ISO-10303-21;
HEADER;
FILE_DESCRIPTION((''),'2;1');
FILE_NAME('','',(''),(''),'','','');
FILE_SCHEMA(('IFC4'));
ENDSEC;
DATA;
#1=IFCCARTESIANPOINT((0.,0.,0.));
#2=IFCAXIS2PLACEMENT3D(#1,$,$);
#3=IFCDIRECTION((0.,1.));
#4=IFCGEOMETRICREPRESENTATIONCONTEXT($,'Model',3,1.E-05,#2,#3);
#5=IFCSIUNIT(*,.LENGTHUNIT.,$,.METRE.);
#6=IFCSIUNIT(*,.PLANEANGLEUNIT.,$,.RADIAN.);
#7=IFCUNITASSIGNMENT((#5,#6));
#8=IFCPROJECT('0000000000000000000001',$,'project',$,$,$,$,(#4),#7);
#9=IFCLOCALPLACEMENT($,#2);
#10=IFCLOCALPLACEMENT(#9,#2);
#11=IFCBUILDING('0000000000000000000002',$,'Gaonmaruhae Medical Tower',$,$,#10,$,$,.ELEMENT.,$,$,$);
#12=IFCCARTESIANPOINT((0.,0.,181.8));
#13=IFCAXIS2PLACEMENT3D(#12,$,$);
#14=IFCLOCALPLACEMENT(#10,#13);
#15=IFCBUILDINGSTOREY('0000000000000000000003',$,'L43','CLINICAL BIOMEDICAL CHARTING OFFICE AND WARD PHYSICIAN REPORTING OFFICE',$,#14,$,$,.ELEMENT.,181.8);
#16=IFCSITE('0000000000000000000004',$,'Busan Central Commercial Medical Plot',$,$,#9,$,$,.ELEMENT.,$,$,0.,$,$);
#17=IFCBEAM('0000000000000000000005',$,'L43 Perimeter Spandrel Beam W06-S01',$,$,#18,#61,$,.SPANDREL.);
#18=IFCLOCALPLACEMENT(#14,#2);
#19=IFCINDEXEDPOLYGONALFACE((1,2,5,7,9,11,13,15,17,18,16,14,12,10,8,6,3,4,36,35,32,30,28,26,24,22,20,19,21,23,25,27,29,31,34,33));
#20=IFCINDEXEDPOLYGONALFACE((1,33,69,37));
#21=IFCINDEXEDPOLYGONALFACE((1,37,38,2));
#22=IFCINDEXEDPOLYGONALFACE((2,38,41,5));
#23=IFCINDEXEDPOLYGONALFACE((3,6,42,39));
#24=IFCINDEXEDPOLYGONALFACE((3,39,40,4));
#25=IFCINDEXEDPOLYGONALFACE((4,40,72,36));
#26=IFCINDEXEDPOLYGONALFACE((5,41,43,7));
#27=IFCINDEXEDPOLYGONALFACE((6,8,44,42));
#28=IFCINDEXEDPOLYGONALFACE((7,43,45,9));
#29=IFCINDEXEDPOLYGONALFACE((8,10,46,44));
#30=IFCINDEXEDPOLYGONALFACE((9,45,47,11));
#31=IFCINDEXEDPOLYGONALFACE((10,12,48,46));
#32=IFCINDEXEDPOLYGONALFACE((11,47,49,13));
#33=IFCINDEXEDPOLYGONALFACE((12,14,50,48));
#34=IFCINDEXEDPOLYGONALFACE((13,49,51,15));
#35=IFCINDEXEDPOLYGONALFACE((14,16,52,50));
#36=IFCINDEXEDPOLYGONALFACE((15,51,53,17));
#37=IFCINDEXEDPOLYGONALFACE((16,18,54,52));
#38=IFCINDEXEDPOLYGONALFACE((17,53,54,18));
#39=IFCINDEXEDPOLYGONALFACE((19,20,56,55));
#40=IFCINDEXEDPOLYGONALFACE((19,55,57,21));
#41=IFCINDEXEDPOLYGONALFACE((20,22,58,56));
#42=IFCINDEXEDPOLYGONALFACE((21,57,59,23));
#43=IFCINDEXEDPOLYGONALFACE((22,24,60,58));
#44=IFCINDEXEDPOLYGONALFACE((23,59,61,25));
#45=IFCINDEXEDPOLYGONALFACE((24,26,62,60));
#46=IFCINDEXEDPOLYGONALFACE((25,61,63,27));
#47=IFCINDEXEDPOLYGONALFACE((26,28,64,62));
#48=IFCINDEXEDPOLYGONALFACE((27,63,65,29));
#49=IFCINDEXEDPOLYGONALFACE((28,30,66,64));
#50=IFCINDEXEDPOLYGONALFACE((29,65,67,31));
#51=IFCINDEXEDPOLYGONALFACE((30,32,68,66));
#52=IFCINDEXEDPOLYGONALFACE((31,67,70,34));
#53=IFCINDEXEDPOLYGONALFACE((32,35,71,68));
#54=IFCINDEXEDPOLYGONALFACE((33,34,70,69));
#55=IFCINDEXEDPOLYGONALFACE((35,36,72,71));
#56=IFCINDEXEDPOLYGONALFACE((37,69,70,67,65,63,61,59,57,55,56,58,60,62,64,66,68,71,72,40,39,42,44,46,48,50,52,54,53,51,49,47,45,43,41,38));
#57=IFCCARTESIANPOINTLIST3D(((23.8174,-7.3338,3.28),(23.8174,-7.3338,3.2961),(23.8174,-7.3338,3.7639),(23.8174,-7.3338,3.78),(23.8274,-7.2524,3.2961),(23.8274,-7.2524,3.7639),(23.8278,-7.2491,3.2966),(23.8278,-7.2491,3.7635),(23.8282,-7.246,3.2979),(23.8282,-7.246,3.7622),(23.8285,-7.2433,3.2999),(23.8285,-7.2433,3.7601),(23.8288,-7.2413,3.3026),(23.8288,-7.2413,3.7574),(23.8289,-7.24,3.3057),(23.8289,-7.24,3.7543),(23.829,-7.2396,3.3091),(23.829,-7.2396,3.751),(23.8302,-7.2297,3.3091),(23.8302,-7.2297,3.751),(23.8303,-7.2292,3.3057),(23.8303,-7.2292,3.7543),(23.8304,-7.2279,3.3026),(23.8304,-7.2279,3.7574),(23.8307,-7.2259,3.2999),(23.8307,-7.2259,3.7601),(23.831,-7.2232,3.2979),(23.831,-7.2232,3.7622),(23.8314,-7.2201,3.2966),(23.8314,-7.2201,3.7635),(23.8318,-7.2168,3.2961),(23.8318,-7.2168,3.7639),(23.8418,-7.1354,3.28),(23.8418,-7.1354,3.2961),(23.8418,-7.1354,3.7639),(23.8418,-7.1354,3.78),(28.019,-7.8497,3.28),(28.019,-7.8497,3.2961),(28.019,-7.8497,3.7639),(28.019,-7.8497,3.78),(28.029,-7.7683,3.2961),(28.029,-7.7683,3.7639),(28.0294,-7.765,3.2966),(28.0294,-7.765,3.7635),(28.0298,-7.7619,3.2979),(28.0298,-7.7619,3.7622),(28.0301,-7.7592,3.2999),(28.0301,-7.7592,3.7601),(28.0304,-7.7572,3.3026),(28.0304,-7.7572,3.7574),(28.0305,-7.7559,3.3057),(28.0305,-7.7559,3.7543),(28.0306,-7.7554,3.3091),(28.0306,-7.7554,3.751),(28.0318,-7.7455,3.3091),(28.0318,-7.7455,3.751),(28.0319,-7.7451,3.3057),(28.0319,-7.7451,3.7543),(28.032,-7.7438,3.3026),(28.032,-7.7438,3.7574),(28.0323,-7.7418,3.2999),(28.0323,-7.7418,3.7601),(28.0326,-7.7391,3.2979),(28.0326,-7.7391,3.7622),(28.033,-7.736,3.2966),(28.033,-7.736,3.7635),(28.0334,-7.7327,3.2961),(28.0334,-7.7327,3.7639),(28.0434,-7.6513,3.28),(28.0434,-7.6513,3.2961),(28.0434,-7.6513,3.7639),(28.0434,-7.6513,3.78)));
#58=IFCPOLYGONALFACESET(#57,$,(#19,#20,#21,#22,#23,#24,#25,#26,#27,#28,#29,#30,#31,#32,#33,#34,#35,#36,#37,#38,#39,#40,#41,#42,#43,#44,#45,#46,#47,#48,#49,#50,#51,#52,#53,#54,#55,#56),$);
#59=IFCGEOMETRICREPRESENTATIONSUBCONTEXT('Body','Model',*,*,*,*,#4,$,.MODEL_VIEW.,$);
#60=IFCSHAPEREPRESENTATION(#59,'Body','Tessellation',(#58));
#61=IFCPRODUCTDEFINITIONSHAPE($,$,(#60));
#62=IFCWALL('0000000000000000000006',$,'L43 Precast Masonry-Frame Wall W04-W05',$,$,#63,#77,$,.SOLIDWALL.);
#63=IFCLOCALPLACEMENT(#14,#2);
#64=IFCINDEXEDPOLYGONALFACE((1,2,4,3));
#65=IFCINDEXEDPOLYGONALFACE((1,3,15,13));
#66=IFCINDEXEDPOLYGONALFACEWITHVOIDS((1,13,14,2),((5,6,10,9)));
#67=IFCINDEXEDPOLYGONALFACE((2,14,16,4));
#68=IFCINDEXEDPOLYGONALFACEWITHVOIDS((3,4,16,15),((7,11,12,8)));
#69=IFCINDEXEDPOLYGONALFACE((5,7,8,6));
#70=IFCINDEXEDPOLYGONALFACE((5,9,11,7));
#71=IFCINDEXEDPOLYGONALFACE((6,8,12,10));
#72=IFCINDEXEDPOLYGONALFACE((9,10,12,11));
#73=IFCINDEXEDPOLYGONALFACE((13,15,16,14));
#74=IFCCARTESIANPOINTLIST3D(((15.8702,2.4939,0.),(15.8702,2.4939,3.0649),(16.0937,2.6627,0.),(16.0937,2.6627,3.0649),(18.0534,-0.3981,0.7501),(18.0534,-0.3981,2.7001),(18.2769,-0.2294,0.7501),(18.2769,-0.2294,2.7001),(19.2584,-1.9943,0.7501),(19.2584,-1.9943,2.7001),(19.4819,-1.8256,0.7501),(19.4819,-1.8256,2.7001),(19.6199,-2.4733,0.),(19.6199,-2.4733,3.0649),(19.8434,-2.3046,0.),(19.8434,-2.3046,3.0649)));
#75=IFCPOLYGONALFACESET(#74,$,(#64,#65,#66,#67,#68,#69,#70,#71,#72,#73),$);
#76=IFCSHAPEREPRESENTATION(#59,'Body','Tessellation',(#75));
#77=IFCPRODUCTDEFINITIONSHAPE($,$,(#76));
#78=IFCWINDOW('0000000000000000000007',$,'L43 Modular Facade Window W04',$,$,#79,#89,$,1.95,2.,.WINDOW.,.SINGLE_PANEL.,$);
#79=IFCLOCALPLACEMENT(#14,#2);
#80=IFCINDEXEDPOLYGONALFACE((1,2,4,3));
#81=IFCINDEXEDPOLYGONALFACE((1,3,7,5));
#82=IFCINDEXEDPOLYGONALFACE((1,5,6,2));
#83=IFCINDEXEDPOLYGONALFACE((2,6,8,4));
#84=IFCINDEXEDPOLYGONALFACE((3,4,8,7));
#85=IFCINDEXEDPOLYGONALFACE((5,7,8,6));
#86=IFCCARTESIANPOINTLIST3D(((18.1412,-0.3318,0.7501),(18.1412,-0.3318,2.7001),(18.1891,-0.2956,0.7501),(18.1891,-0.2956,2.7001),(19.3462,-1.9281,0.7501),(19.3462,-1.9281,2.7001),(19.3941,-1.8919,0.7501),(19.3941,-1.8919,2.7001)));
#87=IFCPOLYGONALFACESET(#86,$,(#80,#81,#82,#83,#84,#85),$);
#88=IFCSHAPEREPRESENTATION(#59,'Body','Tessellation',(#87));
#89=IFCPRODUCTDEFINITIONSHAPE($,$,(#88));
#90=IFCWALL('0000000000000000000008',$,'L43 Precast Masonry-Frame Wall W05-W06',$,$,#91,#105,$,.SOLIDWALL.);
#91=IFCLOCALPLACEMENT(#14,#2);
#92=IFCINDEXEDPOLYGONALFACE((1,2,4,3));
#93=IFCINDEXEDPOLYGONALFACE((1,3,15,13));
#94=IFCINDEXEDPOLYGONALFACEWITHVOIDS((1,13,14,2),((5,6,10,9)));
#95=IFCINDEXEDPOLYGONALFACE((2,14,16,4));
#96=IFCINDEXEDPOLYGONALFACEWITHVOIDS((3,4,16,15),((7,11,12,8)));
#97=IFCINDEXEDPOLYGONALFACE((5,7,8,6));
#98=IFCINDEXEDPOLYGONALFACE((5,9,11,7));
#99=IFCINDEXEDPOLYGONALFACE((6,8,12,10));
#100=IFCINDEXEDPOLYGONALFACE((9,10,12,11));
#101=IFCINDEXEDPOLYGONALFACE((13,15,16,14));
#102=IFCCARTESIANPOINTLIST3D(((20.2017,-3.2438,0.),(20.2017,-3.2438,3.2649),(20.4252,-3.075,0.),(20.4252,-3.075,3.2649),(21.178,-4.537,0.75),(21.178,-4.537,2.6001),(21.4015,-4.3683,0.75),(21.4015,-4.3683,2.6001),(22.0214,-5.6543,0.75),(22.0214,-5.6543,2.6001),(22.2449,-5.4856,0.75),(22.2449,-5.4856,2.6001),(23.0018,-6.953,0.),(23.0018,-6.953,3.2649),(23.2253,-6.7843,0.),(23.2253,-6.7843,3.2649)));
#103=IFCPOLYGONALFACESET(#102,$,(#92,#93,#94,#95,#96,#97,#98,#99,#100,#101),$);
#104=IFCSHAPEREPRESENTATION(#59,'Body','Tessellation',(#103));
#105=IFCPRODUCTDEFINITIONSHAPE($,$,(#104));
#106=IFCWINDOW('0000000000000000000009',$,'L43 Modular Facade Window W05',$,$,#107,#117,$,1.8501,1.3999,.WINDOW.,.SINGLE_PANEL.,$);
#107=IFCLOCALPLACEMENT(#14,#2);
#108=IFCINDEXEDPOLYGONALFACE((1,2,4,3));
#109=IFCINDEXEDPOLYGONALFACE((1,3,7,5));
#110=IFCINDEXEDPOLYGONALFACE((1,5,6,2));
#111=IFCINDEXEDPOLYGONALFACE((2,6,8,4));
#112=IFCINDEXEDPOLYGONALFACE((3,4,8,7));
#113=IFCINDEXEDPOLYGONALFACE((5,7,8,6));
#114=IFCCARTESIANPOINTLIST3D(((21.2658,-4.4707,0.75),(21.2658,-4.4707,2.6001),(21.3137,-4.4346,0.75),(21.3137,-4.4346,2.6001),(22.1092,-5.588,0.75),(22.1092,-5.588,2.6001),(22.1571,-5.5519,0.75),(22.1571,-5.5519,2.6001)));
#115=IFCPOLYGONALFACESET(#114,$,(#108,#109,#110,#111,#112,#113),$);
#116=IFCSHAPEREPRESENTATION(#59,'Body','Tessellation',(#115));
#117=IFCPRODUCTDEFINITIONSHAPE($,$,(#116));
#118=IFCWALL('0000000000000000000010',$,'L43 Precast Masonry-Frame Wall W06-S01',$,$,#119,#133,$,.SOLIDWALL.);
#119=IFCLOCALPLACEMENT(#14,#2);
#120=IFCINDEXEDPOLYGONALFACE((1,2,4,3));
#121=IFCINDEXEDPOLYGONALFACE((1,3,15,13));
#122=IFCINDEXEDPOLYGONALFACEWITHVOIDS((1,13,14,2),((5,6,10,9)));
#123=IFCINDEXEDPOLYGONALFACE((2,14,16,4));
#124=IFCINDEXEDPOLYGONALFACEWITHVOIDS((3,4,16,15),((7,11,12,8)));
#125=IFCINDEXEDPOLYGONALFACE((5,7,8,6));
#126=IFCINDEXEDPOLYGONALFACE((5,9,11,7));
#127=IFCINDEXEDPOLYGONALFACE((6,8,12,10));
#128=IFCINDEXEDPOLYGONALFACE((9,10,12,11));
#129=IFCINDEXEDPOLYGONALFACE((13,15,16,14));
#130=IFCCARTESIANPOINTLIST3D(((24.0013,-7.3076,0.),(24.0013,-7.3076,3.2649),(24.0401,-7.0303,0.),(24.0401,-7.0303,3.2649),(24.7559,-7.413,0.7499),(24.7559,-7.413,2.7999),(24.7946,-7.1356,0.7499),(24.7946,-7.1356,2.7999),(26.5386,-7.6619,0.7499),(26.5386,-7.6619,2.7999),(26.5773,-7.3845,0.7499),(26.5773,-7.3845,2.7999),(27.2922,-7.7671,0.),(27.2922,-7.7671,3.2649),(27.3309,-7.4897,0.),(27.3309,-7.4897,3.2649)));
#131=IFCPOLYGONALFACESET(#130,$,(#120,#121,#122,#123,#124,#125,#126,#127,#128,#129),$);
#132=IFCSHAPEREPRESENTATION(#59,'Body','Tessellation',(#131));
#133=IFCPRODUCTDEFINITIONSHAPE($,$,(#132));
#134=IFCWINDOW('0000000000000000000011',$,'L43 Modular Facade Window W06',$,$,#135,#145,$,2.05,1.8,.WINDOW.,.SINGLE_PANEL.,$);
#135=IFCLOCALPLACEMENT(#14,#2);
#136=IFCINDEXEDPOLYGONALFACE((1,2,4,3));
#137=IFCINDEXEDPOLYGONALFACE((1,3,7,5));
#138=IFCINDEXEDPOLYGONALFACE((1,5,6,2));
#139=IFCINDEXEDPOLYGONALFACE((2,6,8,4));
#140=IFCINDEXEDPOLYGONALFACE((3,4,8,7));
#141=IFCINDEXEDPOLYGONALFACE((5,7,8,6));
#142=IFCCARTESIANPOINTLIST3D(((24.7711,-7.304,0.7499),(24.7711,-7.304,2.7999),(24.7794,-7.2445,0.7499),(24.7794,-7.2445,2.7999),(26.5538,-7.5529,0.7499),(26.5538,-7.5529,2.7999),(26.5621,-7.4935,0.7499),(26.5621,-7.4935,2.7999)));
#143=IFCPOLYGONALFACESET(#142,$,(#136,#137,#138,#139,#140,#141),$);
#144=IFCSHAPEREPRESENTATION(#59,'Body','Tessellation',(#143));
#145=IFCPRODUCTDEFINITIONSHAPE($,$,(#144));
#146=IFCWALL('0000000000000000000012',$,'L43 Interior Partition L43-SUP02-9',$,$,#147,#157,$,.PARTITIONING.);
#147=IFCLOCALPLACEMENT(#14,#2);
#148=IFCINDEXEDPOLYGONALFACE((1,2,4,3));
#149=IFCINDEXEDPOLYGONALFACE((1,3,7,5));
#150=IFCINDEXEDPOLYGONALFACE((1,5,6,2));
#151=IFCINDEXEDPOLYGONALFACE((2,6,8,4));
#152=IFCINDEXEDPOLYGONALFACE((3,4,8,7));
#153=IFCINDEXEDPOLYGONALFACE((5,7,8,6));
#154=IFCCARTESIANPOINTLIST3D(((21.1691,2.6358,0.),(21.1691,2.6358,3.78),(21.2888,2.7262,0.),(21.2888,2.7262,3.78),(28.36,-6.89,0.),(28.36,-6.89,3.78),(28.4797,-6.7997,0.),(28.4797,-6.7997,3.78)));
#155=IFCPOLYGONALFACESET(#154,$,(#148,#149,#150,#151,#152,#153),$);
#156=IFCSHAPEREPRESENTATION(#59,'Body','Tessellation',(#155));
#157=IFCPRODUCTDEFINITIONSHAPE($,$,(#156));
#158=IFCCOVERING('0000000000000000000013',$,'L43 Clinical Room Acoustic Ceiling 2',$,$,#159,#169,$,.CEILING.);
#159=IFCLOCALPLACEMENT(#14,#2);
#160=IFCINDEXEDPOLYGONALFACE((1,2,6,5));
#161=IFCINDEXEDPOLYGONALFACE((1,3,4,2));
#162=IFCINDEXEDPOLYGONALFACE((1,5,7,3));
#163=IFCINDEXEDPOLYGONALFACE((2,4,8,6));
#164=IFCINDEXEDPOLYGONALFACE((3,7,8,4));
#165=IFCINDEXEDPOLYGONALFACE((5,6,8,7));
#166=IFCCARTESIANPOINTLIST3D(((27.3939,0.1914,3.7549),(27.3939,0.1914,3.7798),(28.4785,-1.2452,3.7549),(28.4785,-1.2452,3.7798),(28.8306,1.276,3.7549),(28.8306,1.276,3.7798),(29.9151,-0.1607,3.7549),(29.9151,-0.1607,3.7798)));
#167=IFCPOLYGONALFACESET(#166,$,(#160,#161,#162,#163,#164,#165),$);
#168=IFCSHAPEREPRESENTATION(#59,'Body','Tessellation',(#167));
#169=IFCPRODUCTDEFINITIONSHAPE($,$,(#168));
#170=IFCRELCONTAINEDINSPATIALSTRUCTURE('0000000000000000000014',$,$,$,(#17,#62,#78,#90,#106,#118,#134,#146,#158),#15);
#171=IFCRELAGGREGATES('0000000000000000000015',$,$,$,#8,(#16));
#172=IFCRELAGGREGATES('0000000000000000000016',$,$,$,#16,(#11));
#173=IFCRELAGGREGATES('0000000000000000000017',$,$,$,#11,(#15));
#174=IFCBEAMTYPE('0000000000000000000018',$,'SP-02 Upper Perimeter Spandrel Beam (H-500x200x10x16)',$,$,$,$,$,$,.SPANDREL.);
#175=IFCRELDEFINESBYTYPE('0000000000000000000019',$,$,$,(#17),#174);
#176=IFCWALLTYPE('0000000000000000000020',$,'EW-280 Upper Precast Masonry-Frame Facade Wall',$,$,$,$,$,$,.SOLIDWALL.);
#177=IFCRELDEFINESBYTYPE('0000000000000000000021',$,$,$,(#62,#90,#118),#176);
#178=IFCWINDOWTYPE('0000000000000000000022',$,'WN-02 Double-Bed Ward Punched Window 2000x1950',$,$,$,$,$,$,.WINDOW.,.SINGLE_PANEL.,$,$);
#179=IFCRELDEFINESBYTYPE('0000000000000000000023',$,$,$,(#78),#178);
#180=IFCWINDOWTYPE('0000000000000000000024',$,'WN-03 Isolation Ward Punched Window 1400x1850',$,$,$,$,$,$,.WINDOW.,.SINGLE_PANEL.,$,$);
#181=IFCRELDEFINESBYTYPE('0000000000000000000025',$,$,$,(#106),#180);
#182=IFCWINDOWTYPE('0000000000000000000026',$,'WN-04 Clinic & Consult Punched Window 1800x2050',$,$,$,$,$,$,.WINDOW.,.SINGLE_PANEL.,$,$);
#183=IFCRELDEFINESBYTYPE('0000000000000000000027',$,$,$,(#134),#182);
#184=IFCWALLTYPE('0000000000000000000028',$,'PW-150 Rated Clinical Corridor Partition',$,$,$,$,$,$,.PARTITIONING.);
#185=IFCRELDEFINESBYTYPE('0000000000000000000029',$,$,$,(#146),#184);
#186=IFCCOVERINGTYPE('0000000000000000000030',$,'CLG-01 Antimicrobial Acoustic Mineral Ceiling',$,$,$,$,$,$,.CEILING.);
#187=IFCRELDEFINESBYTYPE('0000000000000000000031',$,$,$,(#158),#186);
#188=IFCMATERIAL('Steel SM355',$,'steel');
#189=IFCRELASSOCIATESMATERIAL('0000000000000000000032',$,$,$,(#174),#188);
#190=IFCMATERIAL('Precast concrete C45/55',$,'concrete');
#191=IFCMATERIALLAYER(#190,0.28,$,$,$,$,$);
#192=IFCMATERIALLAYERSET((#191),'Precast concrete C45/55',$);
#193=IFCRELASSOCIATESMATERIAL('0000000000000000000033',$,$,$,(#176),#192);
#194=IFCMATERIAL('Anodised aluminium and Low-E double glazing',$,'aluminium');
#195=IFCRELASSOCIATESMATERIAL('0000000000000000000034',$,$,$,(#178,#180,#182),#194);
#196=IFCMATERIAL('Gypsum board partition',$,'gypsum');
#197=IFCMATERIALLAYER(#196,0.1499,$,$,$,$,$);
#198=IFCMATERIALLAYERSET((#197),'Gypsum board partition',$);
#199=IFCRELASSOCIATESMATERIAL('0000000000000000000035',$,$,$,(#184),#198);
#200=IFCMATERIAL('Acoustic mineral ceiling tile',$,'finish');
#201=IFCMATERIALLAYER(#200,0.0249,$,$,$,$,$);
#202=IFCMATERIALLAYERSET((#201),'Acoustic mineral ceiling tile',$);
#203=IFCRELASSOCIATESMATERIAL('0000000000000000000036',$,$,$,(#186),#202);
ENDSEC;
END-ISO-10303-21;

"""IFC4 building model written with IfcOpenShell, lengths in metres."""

from ifc_helpers import new_model, si_unit, direction, frame, frame_2d, origin, origin_2d, place, context, subcontext, project, spatial, rectangle, i_section, extrude, material, layer, layer_set, material_profile, profile_set, type_object, element, fill, save


model = new_model("IFC4")

# Units and contexts
model_context = context("Model", 3, precision=1e-05, world=origin(), true_north=direction((0.0, 1.0)))
body_context = subcontext(model_context, "Body", "Model", "MODEL_VIEW")
ifc_project = project(units=[si_unit("LENGTHUNIT", "METRE"), si_unit("PLANEANGLEUNIT", "RADIAN")], contexts=[model_context])

# Site, building, storey
site_placement = place(None, origin())
site = spatial("IfcSite", under=ifc_project, at=site_placement, Name="Busan Central Commercial Medical Plot", CompositionType="ELEMENT", RefElevation=0.0)
building_placement = place(site_placement, origin())
building = spatial("IfcBuilding", under=site, at=building_placement, Name="Gaonmaruhae Medical Tower", CompositionType="ELEMENT")
storey_placement = place(building_placement, frame((0.0, 0.0, 181.8)))
storey = spatial("IfcBuildingStorey", under=building, at=storey_placement, Name="L43", Description="CLINICAL BIOMEDICAL CHARTING OFFICE AND WARD PHYSICIAN REPORTING OFFICE", CompositionType="ELEMENT", Elevation=181.8)

# Beam
ifc_material_1 = material(Name="Steel SM355", Category="steel")
ifc_material_profile_1 = material_profile(ifc_material_1, i_section(OverallWidth=0.2, OverallDepth=0.5, WebThickness=0.01, FlangeThickness=0.0161, FilletRadius=0.0129, at=origin_2d()), Name="H-500x200x10x16")
ifc_profile_set_1 = profile_set([ifc_material_profile_1], Name="Steel SM355")
beam_type_1 = type_object("IfcBeamType", Name="SP-02 Upper Perimeter Spandrel Beam (H-500x200x10x16)", PredefinedType="SPANDREL", material=ifc_profile_set_1)
beam_1_placement = place(storey_placement, frame((23.8296, -7.2346, 3.53), z_axis=(0.992547, -0.121862, 0.0), x_axis=(0.121862, 0.992547, 0.0)))
element("IfcBeam", 1, at=beam_1_placement, inside=storey, type_object=beam_type_1, Name="L43 Perimeter Spandrel Beam W06-S01", PredefinedType="SPANDREL", context=body_context, shape_type="SweptSolid", body=[
    extrude(i_section(OverallWidth=0.2, OverallDepth=0.5, WebThickness=0.01, FlangeThickness=0.0161, FilletRadius=0.0129, at=origin_2d()), origin(), (0.0, 0.0, 1.0), 4.2332),
])

# Walls, openings, windows
ifc_material_2 = material(Name="Precast concrete C45/55", Category="concrete")
ifc_layer_1 = layer(ifc_material_2, 0.28)
ifc_layer_set_1 = layer_set([ifc_layer_1], Name="Precast concrete C45/55")
wall_type_1 = type_object("IfcWallType", Name="EW-280 Upper Precast Masonry-Frame Facade Wall", PredefinedType="SOLIDWALL", material=ifc_layer_set_1)
wall_1_placement = place(storey_placement, frame((19.7317, -2.3889, 0.0), z_axis=(0.0, 0.0, 1.0), x_axis=(-0.602495, 0.798123, 0.0)))
wall_1 = element("IfcWall", 2, at=wall_1_placement, inside=storey, type_object=wall_type_1, Name="L43 Precast Masonry-Frame Wall W04-W05", PredefinedType="SOLIDWALL", context=body_context, shape_type="SweptSolid", body=[
    extrude(rectangle(XDim=6.2236, YDim=0.28, at=frame_2d((3.1118, 0.0))), origin(), (0.0, 0.0, 1.0), 3.0649),
])
opening_1_placement = place(wall_1_placement, frame((0.6001, 0.0, 0.75)))
opening_1 = element("IfcOpeningElement", 3, at=opening_1_placement, cuts=wall_1, PredefinedType="OPENING", context=body_context, shape_type="SweptSolid", body=[
    extrude(rectangle(XDim=2.0, YDim=1.95, at=frame_2d((1.0, 0.9751))), frame((0.0, 0.1499, 0.0), z_axis=(0.0, -1.0, 0.0), x_axis=(1.0, 0.0, 0.0)), (0.0, 0.0, 1.0), 0.3),
])
ifc_material_3 = material(Name="Anodised aluminium and Low-E double glazing", Category="aluminium")
window_type_1 = type_object("IfcWindowType", Name="WN-02 Double-Bed Ward Punched Window 2000x1950", PartitioningType="SINGLE_PANEL", PredefinedType="WINDOW", material=ifc_material_3)
window_1_placement = place(opening_1_placement, origin())
window_1 = element("IfcWindow", 4, at=window_1_placement, inside=storey, type_object=window_type_1, Name="L43 Modular Facade Window W04", OverallHeight=1.95, OverallWidth=2.0, PartitioningType="SINGLE_PANEL", PredefinedType="WINDOW", context=body_context, shape_type="SweptSolid", body=[
    extrude(rectangle(XDim=2.0, YDim=1.95, at=frame_2d((1.0, 0.9751))), frame((0.0, 0.03, 0.0), z_axis=(0.0, -1.0, 0.0), x_axis=(1.0, 0.0, 0.0)), (0.0, 0.0, 1.0), 0.0601),
])
fill(opening_1, window_1)
wall_2_placement = place(storey_placement, frame((23.1135, -6.8687, 0.0), z_axis=(0.0, 0.0, 1.0), x_axis=(-0.602493, 0.798124, 0.0)))
wall_2 = element("IfcWall", 5, at=wall_2_placement, inside=storey, type_object=wall_type_1, Name="L43 Precast Masonry-Frame Wall W05-W06", PredefinedType="SOLIDWALL", context=body_context, shape_type="SweptSolid", body=[
    extrude(rectangle(XDim=4.6475, YDim=0.28, at=frame_2d((2.3237, 0.0))), origin(), (0.0, 0.0, 1.0), 3.2649),
])
opening_2_placement = place(wall_2_placement, frame((1.6272, 0.0, 0.75)))
opening_2 = element("IfcOpeningElement", 6, at=opening_2_placement, cuts=wall_2, PredefinedType="OPENING", context=body_context, shape_type="SweptSolid", body=[
    extrude(rectangle(XDim=1.3999, YDim=1.8501, at=frame_2d((0.7, 0.925))), frame((0.0, 0.1499, 0.0), z_axis=(0.0, -1.0, 0.0), x_axis=(1.0, 0.0, 0.0)), (0.0, 0.0, 1.0), 0.3),
])
window_type_2 = type_object("IfcWindowType", Name="WN-03 Isolation Ward Punched Window 1400x1850", PartitioningType="SINGLE_PANEL", PredefinedType="WINDOW", material=ifc_material_3)
window_2_placement = place(opening_2_placement, origin())
window_2 = element("IfcWindow", 7, at=window_2_placement, inside=storey, type_object=window_type_2, Name="L43 Modular Facade Window W05", OverallHeight=1.8501, OverallWidth=1.3999, PartitioningType="SINGLE_PANEL", PredefinedType="WINDOW", context=body_context, shape_type="SweptSolid", body=[
    extrude(rectangle(XDim=1.3999, YDim=1.8501, at=frame_2d((0.7, 0.925))), frame((0.0, 0.03, 0.0), z_axis=(0.0, -1.0, 0.0), x_axis=(1.0, 0.0, 0.0)), (0.0, 0.0, 1.0), 0.0601),
])
fill(opening_2, window_2)
wall_3_placement = place(storey_placement, frame((27.3115, -7.6284, 0.0), z_axis=(0.0, 0.0, 1.0), x_axis=(-0.990393, 0.138283, 0.0)))
wall_3 = element("IfcWall", 8, at=wall_3_placement, inside=storey, type_object=wall_type_1, Name="L43 Precast Masonry-Frame Wall W06-S01", PredefinedType="SOLIDWALL", context=body_context, shape_type="SweptSolid", body=[
    extrude(rectangle(XDim=3.3228, YDim=0.28, at=frame_2d((1.6614, 0.0))), origin(), (0.0, 0.0, 1.0), 3.2649),
])
opening_3_placement = place(wall_3_placement, frame((0.761, 0.0, 0.75)))
opening_3 = element("IfcOpeningElement", 9, at=opening_3_placement, cuts=wall_3, PredefinedType="OPENING", context=body_context, shape_type="SweptSolid", body=[
    extrude(rectangle(XDim=1.8, YDim=2.05, at=frame_2d((0.8999, 1.0249))), frame((0.0, 0.1499, 0.0), z_axis=(0.0, -1.0, 0.0), x_axis=(1.0, 0.0, 0.0)), (0.0, 0.0, 1.0), 0.3),
])
window_type_3 = type_object("IfcWindowType", Name="WN-04 Clinic & Consult Punched Window 1800x2050", PartitioningType="SINGLE_PANEL", PredefinedType="WINDOW", material=ifc_material_3)
window_3_placement = place(opening_3_placement, origin())
window_3 = element("IfcWindow", 10, at=window_3_placement, inside=storey, type_object=window_type_3, Name="L43 Modular Facade Window W06", OverallHeight=2.05, OverallWidth=1.8, PartitioningType="SINGLE_PANEL", PredefinedType="WINDOW", context=body_context, shape_type="SweptSolid", body=[
    extrude(rectangle(XDim=1.8, YDim=2.05, at=frame_2d((0.8999, 1.0249))), frame((0.0, 0.03, 0.0), z_axis=(0.0, -1.0, 0.0), x_axis=(1.0, 0.0, 0.0)), (0.0, 0.0, 1.0), 0.0601),
])
fill(opening_3, window_3)

# Wall
ifc_material_4 = material(Name="Gypsum board partition", Category="gypsum")
ifc_layer_2 = layer(ifc_material_4, 0.1499)
ifc_layer_set_2 = layer_set([ifc_layer_2], Name="Gypsum board partition")
wall_type_2 = type_object("IfcWallType", Name="PW-150 Rated Clinical Corridor Partition", PredefinedType="PARTITIONING", material=ifc_layer_set_2)
wall_4_placement = place(storey_placement, frame((28.4199, -6.845, 0.0), z_axis=(0.0, 0.0, 1.0), x_axis=(-0.602491, 0.798126, 0.0)))
element("IfcWall", 11, at=wall_4_placement, inside=storey, type_object=wall_type_2, Name="L43 Interior Partition L43-SUP02-9", PredefinedType="PARTITIONING", context=body_context, shape_type="SweptSolid", body=[
    extrude(rectangle(XDim=11.9353, YDim=0.1499, at=frame_2d((5.9678, 0.0))), origin(), (0.0, 0.0, 1.0), 3.78),
])

# Covering
ifc_material_5 = material(Name="Acoustic mineral ceiling tile", Category="finish")
ifc_layer_3 = layer(ifc_material_5, 0.0249)
ifc_layer_set_3 = layer_set([ifc_layer_3], Name="Acoustic mineral ceiling tile")
covering_type_1 = type_object("IfcCoveringType", Name="CLG-01 Antimicrobial Acoustic Mineral Ceiling", PredefinedType="CEILING", material=ifc_layer_set_3)
covering_1_placement = place(storey_placement, frame((28.6545, 0.0154, 3.7549), z_axis=(0.0, 0.0, 1.0), x_axis=(0.79811, 0.602512, 0.0)))
element("IfcCovering", 12, at=covering_1_placement, inside=storey, type_object=covering_type_1, Name="L43 Clinical Room Acoustic Ceiling 2", PredefinedType="CEILING", context=body_context, shape_type="SweptSolid", body=[
    extrude(rectangle(XDim=1.8, YDim=1.8, at=origin_2d()), origin(), (0.0, 0.0, 1.0), 0.0249),
])

save(model, "model.ifc")
